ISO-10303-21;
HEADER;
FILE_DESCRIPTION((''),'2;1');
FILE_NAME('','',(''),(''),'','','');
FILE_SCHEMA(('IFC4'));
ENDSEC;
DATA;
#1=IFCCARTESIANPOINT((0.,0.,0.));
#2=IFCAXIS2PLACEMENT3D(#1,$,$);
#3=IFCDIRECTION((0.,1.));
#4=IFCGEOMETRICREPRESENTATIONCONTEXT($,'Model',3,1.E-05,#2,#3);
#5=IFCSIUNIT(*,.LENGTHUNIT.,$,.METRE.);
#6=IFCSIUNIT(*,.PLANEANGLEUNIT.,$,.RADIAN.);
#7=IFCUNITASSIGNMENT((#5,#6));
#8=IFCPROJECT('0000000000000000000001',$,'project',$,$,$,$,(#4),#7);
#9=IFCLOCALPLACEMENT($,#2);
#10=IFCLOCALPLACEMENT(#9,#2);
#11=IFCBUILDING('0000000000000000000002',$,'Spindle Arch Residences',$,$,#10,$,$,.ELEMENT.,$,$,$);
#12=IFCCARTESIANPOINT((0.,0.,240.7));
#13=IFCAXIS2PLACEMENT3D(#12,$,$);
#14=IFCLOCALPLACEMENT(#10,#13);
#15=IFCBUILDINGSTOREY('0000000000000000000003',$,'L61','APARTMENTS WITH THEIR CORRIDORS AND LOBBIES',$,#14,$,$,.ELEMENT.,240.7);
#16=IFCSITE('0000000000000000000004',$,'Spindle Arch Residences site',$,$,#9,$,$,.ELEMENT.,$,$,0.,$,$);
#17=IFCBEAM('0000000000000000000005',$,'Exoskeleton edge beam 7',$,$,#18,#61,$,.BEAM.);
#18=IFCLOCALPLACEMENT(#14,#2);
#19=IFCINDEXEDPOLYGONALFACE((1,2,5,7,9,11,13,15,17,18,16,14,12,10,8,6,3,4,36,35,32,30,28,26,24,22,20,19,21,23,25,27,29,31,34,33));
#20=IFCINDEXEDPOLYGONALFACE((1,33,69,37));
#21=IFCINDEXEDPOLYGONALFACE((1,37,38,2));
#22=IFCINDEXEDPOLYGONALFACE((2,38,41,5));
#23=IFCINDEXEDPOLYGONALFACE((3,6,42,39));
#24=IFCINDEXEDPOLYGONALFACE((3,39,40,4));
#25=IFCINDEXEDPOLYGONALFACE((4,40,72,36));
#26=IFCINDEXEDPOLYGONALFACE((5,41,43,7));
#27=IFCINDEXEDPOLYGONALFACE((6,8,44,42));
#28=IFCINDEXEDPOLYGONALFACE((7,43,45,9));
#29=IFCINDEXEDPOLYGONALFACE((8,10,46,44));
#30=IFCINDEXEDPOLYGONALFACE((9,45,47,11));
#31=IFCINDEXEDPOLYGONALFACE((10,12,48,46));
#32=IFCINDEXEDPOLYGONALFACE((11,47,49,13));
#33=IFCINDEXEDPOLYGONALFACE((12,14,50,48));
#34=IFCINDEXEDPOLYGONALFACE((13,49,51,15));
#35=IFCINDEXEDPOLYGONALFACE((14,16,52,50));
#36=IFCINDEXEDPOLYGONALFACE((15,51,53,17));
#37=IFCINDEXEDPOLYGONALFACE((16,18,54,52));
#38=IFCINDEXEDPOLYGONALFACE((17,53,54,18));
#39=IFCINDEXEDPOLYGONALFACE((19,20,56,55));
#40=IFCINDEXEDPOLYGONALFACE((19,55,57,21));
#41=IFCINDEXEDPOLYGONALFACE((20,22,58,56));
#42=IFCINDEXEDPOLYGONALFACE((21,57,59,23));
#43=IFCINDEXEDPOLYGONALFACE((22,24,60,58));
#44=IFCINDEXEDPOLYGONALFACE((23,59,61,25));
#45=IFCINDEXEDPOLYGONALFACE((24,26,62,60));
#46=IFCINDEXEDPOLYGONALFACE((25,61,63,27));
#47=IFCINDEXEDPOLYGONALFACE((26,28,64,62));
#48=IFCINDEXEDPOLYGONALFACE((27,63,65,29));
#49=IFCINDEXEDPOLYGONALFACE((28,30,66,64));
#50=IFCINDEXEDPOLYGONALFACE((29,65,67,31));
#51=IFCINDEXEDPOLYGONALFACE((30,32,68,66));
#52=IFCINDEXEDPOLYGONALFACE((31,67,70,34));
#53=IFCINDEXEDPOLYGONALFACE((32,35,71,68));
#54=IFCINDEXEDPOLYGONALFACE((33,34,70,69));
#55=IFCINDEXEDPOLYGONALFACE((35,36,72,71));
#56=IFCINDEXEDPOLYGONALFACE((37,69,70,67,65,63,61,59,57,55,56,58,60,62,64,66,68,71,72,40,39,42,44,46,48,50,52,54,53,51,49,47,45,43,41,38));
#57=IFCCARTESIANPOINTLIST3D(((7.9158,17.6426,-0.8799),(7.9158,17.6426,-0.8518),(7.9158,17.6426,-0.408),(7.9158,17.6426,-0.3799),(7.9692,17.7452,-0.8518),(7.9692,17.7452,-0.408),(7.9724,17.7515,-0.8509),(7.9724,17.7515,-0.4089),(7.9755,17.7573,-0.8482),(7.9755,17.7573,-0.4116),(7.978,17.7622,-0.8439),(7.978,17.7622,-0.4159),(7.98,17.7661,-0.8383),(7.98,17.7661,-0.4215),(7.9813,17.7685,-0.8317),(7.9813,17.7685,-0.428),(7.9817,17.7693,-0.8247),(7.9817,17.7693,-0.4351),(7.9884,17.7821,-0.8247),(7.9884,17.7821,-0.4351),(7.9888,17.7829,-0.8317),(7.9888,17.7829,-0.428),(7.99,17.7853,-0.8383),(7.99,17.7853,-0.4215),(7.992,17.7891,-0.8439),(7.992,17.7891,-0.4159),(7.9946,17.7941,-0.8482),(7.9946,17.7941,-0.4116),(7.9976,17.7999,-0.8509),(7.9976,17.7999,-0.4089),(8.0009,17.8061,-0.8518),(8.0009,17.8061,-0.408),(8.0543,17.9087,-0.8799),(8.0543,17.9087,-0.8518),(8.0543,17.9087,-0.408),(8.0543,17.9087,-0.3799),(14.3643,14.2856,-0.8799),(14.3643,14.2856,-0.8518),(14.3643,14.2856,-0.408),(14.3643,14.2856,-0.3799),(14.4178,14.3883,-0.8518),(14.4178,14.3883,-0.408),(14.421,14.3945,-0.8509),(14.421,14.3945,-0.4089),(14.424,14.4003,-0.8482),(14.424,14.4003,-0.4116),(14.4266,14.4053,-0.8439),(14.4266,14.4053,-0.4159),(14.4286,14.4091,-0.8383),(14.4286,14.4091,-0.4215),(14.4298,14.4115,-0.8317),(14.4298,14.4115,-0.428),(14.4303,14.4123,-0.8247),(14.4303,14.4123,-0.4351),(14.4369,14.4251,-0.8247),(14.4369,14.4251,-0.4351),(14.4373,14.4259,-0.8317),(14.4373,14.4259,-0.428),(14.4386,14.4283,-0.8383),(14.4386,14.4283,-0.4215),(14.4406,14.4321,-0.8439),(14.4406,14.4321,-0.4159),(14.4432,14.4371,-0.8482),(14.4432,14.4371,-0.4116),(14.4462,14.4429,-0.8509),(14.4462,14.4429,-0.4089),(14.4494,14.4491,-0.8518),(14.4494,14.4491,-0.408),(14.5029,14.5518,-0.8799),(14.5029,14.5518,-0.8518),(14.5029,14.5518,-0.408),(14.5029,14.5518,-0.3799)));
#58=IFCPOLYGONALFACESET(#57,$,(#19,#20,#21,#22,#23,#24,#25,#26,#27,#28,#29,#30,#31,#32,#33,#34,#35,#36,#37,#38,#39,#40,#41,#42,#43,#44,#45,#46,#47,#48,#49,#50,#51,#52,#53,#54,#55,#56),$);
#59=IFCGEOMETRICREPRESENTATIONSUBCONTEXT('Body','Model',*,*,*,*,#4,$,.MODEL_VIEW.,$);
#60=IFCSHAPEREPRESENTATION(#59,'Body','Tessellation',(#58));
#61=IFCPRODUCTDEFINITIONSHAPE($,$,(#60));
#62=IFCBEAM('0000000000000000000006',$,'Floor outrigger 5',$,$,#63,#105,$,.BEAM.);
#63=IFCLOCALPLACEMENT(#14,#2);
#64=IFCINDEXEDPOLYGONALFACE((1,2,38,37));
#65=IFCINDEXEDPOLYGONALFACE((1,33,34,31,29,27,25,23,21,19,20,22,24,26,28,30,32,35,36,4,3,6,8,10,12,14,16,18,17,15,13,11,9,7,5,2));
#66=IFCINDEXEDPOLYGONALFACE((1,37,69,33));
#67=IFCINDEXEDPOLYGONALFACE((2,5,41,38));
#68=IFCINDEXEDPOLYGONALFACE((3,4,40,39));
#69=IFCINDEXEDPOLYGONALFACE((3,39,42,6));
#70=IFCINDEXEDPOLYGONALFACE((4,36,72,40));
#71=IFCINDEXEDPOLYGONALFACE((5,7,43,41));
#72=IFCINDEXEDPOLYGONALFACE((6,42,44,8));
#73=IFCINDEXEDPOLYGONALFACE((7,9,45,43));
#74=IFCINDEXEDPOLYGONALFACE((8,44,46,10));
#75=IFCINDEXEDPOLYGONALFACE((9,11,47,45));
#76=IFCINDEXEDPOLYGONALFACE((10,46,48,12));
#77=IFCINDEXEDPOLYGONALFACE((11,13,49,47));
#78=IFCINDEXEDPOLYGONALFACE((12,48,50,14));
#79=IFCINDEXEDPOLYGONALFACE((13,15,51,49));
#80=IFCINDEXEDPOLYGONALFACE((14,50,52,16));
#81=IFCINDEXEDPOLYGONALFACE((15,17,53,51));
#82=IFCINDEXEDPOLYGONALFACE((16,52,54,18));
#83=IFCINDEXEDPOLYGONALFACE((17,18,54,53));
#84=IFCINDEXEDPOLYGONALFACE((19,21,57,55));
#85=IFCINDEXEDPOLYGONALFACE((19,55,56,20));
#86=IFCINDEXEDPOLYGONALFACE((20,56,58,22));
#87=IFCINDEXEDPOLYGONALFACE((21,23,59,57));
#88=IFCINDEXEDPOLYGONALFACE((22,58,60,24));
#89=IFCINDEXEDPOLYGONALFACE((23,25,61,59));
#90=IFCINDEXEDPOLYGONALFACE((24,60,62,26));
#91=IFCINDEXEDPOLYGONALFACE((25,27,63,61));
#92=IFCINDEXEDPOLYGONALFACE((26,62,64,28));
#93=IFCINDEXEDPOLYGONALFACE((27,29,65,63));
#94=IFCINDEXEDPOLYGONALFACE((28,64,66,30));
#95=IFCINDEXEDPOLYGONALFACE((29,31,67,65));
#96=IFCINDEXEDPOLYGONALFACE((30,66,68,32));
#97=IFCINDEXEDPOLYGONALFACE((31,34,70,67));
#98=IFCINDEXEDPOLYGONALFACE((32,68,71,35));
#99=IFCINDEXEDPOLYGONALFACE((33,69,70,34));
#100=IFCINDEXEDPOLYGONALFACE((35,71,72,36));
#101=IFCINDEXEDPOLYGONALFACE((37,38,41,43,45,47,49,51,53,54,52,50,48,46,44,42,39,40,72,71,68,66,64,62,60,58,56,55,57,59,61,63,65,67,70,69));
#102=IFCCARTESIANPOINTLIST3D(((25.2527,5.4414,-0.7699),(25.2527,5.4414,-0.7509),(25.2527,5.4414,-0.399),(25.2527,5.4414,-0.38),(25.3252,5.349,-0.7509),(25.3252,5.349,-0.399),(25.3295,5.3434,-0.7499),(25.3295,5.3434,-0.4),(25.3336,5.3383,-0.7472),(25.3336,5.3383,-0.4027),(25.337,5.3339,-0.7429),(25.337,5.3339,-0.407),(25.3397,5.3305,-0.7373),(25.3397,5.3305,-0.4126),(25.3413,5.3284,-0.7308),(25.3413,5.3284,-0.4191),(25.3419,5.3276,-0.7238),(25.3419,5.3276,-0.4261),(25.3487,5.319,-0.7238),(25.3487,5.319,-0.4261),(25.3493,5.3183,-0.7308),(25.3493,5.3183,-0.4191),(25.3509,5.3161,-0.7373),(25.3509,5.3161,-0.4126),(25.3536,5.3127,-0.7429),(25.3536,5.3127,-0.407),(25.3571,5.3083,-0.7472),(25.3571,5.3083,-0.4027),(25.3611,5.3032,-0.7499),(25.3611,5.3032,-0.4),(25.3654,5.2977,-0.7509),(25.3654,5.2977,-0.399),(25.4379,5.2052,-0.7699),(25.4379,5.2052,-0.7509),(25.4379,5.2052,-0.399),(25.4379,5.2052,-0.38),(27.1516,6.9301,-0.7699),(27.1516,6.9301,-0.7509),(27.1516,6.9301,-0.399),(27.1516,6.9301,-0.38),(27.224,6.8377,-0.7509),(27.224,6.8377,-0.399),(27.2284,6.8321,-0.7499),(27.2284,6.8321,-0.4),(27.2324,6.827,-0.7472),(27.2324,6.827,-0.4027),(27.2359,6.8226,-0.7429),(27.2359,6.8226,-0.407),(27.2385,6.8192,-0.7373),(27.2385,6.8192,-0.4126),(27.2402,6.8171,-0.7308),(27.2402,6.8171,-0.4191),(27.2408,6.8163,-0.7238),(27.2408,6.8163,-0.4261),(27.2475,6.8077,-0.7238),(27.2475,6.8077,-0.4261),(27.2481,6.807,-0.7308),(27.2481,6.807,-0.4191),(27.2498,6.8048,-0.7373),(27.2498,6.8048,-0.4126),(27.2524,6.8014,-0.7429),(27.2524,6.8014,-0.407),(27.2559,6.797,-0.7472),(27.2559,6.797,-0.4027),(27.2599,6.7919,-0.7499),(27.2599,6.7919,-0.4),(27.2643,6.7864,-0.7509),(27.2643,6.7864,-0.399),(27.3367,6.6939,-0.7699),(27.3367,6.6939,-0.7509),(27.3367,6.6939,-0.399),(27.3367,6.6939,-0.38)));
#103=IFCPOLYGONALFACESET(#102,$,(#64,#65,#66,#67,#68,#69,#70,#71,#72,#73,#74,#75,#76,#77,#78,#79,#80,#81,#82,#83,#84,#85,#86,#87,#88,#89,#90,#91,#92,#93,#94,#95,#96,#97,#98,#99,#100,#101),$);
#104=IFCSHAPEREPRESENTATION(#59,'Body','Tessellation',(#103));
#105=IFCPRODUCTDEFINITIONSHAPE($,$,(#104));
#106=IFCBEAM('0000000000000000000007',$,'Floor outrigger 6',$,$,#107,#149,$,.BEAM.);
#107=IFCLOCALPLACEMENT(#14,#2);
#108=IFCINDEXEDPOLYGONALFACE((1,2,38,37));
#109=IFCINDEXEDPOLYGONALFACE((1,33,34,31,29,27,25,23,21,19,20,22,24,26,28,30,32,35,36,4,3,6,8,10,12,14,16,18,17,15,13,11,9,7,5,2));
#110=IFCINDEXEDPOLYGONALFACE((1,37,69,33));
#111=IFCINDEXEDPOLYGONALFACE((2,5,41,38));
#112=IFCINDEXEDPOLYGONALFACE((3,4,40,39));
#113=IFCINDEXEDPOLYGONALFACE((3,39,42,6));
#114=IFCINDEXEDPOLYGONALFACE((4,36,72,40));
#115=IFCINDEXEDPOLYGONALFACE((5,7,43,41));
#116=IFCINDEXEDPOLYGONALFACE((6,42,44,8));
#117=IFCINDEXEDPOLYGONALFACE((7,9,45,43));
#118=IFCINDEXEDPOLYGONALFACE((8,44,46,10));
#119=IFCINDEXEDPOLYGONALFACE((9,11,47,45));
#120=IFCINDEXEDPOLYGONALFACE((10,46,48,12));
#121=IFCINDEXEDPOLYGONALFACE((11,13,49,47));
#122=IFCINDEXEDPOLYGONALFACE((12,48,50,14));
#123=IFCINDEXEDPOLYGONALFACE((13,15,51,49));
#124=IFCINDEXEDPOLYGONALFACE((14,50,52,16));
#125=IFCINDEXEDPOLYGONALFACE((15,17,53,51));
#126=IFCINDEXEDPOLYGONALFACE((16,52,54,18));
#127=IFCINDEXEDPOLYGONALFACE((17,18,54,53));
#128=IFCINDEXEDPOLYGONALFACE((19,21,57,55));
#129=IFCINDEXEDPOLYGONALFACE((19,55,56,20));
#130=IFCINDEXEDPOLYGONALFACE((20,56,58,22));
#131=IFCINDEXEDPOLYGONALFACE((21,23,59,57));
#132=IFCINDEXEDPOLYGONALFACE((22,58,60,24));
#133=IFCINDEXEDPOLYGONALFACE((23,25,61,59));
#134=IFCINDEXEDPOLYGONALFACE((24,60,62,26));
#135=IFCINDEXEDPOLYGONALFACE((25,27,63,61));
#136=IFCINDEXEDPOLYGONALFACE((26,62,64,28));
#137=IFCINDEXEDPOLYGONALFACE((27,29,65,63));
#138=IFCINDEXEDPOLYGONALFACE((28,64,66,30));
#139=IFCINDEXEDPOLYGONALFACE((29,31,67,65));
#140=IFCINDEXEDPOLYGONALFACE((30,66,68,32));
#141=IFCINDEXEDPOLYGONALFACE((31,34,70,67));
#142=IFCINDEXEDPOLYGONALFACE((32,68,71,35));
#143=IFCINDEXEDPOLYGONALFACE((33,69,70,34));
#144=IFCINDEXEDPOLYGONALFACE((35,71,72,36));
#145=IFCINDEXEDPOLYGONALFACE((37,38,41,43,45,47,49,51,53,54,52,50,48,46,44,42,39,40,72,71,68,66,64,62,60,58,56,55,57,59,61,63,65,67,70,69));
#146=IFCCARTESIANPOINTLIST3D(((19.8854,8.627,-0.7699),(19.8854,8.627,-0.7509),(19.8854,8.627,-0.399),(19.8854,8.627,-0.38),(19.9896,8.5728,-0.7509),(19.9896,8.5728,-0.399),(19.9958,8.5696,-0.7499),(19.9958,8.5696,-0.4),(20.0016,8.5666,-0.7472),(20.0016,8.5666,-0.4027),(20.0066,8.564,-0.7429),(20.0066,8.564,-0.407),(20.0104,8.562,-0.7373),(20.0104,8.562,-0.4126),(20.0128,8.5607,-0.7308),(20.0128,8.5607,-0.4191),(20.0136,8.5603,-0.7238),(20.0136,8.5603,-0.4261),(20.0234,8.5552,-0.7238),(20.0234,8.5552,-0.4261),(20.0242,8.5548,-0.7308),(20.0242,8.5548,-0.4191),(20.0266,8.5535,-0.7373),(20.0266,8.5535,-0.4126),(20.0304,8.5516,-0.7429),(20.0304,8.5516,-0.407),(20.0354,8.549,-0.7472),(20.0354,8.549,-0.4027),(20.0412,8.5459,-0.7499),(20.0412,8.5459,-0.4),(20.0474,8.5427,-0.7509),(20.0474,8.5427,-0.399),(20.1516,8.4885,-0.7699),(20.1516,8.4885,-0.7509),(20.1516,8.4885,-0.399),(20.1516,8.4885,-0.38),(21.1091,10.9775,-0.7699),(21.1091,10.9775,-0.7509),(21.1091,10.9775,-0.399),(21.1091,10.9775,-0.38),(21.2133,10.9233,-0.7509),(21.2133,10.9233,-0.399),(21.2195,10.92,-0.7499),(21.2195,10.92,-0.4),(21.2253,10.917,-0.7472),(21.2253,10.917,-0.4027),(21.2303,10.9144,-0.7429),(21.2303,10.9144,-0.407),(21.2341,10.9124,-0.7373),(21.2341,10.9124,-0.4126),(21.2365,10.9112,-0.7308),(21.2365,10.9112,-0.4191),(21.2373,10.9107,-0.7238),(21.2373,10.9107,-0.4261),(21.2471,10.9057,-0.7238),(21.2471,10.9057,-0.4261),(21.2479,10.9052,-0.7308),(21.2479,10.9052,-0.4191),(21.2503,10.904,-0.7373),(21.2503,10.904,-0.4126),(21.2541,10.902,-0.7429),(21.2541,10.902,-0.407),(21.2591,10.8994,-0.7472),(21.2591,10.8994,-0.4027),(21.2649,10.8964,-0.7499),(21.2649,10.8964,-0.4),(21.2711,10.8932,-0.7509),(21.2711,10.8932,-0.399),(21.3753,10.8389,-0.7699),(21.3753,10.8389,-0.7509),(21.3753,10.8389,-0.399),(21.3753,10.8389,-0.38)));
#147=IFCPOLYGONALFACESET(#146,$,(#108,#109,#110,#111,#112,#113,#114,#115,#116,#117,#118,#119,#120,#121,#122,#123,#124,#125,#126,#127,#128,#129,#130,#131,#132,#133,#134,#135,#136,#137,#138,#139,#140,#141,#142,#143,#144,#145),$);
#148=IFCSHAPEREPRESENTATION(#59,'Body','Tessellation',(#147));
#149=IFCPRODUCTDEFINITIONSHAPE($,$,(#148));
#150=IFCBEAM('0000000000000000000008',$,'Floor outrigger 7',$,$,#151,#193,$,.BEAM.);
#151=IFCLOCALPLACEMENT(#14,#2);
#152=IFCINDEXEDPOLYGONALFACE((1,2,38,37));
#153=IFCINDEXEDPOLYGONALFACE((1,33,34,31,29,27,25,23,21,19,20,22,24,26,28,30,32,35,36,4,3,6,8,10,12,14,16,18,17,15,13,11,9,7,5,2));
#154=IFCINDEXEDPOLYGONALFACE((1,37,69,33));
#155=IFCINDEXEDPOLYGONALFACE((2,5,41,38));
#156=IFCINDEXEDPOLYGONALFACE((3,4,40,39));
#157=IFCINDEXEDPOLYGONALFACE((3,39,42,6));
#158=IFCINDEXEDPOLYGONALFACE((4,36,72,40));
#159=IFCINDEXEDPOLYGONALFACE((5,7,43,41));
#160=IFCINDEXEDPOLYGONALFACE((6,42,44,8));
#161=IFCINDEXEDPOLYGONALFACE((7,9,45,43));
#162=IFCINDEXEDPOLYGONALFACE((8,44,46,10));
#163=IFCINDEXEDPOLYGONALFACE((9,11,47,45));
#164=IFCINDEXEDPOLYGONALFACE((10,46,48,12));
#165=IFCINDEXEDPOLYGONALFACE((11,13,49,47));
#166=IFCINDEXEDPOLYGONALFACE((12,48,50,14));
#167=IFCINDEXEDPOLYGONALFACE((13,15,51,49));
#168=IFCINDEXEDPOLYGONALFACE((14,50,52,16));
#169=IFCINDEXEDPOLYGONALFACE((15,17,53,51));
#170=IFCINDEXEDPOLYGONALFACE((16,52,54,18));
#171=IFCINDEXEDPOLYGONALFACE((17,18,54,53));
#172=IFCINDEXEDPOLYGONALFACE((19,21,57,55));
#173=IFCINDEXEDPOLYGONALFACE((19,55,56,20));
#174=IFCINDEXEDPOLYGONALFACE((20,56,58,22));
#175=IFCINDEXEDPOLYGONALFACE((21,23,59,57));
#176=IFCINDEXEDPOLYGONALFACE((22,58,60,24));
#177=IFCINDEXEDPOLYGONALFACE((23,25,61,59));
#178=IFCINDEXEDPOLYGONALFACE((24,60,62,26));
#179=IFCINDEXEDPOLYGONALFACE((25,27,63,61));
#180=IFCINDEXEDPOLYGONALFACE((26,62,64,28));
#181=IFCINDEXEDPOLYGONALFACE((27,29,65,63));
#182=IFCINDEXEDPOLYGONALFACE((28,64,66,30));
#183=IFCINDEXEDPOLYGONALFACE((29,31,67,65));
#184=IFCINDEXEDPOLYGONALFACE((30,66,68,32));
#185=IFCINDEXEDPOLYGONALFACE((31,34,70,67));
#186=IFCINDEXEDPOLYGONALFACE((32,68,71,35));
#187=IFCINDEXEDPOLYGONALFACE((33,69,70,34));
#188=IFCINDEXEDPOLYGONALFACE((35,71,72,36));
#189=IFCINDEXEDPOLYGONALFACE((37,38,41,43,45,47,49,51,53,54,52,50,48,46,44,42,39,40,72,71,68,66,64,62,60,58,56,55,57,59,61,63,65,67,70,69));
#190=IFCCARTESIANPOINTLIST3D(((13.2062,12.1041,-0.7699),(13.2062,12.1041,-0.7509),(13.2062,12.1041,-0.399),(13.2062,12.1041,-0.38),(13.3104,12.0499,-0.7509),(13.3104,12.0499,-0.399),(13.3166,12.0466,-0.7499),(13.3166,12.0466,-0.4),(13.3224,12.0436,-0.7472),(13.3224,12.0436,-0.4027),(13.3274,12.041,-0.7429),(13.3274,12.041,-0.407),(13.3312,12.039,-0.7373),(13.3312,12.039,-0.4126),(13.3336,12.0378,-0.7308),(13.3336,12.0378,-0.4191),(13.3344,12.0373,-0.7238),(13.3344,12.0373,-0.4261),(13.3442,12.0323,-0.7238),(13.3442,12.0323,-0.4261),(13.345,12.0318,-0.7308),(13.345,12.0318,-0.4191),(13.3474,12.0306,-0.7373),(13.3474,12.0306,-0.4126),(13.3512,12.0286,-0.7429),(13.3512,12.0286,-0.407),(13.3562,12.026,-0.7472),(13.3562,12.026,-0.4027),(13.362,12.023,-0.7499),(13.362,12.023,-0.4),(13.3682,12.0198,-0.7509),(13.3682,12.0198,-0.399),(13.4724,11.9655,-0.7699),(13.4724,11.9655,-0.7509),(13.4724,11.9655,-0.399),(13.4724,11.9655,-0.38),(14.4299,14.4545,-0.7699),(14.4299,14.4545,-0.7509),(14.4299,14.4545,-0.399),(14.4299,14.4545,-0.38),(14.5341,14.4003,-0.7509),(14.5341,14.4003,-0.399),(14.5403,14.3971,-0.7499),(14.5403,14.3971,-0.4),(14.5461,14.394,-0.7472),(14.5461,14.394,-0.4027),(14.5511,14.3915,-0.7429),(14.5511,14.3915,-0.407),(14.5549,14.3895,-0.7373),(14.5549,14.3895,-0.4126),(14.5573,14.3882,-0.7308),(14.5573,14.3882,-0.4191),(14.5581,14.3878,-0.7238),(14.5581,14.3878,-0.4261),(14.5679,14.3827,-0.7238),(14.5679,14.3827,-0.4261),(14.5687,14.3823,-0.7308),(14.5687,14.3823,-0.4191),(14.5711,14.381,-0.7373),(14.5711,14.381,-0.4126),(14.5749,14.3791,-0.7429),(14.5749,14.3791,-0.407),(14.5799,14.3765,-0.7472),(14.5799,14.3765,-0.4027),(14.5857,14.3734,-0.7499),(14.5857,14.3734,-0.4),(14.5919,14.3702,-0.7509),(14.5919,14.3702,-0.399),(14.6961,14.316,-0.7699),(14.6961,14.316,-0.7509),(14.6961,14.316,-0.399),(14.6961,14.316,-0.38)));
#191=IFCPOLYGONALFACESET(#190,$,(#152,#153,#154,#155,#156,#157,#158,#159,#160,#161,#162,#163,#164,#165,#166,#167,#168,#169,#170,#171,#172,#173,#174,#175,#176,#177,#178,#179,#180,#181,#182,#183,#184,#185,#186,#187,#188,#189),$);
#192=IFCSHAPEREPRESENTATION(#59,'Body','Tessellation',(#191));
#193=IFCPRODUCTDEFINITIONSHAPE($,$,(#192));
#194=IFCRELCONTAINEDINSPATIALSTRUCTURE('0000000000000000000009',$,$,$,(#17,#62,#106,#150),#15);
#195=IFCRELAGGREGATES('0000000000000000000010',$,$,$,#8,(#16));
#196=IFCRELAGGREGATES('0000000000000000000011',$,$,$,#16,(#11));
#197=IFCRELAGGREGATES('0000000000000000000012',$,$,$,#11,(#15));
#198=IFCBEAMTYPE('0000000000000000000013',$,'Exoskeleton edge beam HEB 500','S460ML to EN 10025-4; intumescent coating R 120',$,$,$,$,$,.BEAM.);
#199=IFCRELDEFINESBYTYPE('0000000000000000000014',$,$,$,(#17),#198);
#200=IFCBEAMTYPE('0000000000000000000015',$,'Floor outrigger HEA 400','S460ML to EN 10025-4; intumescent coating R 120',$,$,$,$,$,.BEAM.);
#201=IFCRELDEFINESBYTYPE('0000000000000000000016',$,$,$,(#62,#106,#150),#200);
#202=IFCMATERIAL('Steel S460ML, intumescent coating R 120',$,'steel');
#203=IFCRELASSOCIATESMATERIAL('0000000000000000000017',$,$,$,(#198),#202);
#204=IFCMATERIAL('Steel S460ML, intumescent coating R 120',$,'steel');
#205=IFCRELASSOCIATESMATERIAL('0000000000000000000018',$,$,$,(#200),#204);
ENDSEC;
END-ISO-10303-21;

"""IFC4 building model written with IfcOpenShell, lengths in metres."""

from ifc_helpers import new_model, si_unit, direction, frame, origin, origin_2d, place, context, subcontext, project, spatial, i_section, extrude, material, material_profile, profile_set, type_object, element, save


model = new_model("IFC4")

# Units and contexts
model_context = context("Model", 3, precision=1e-05, world=origin(), true_north=direction((0.0, 1.0)))
body_context = subcontext(model_context, "Body", "Model", "MODEL_VIEW")
ifc_project = project(units=[si_unit("LENGTHUNIT", "METRE"), si_unit("PLANEANGLEUNIT", "RADIAN")], contexts=[model_context])

# Site, building, storey
site_placement = place(None, origin())
site = spatial("IfcSite", under=ifc_project, at=site_placement, Name="Spindle Arch Residences site", CompositionType="ELEMENT", RefElevation=0.0)
building_placement = place(site_placement, origin())
building = spatial("IfcBuilding", under=site, at=building_placement, Name="Spindle Arch Residences", CompositionType="ELEMENT")
storey_placement = place(building_placement, frame((0.0, 0.0, 240.7)))
storey = spatial("IfcBuildingStorey", under=building, at=storey_placement, Name="L61", Description="APARTMENTS WITH THEIR CORRIDORS AND LOBBIES", CompositionType="ELEMENT", Elevation=240.7)

# Beams
ifc_material_1 = material(Name="Steel S460ML, intumescent coating R 120", Category="steel")
ifc_material_profile_1 = material_profile(ifc_material_1, i_section(OverallWidth=0.3, OverallDepth=0.5, WebThickness=0.0144, FlangeThickness=0.0281, FilletRadius=0.0271, at=origin_2d()), Name="HEB 500")
ifc_profile_set_1 = profile_set([ifc_material_profile_1], Name="Steel S460ML, intumescent coating R 120")
beam_type_1 = type_object("IfcBeamType", Name="Exoskeleton edge beam HEB 500", Description="S460ML to EN 10025-4; intumescent coating R 120", PredefinedType="BEAM", material=ifc_profile_set_1)
for number, where, z_axis, x_axis, name in (
    (1, (14.4336, 14.4187, -0.6299), (-0.887007, 0.461756, 0.0), (-0.461756, -0.887007, 0.0), "Exoskeleton edge beam 7"),
):
    element("IfcBeam", number, at=place(storey_placement, frame(where, z_axis=z_axis, x_axis=x_axis)), inside=storey, type_object=beam_type_1, Name=name, PredefinedType="BEAM", context=body_context, shape_type="SweptSolid", body=[
        extrude(i_section(OverallWidth=0.3, OverallDepth=0.5, WebThickness=0.0144, FlangeThickness=0.0281, FilletRadius=0.0271, at=origin_2d()), origin(), (0.0, 0.0, 1.0), 7.27),
    ])
ifc_material_2 = material(Name="Steel S460ML, intumescent coating R 120", Category="steel")
ifc_material_profile_2 = material_profile(ifc_material_2, i_section(OverallWidth=0.3, OverallDepth=0.3899, WebThickness=0.011, FlangeThickness=0.019, FilletRadius=0.0271, at=origin_2d()), Name="HEA 400")
ifc_profile_set_2 = profile_set([ifc_material_profile_2], Name="Steel S460ML, intumescent coating R 120")
beam_type_2 = type_object("IfcBeamType", Name="Floor outrigger HEA 400", Description="S460ML to EN 10025-4; intumescent coating R 120", PredefinedType="BEAM", material=ifc_profile_set_2)
beam_placement = place(storey_placement, frame((27.2441, 6.812, -0.575), z_axis=(-0.786971, -0.61699, 0.0), x_axis=(0.61699, -0.786971, 0.0)))
element("IfcBeam", 2, at=beam_placement, inside=storey, type_object=beam_type_2, Name="Floor outrigger 5", PredefinedType="BEAM", context=body_context, shape_type="SweptSolid", body=[
    extrude(i_section(OverallWidth=0.3, OverallDepth=0.3899, WebThickness=0.011, FlangeThickness=0.019, FilletRadius=0.0271, at=origin_2d()), origin(), (0.0, 0.0, 1.0), 2.4128),
])
for number, where, z_axis, x_axis, name in (
    (3, (21.2422, 10.9082, -0.575), (-0.461785, -0.886992, 0.0), (0.886992, -0.461785, 0.0), "Floor outrigger 6"),
    (4, (14.563, 14.3853, -0.575), (-0.461785, -0.886992, 0.0), (0.886992, -0.461785, 0.0), "Floor outrigger 7"),
):
    element("IfcBeam", number, at=place(storey_placement, frame(where, z_axis=z_axis, x_axis=x_axis)), inside=storey, type_object=beam_type_2, Name=name, PredefinedType="BEAM", context=body_context, shape_type="SweptSolid", body=[
        extrude(i_section(OverallWidth=0.3, OverallDepth=0.3899, WebThickness=0.011, FlangeThickness=0.019, FilletRadius=0.0271, at=origin_2d()), origin(), (0.0, 0.0, 1.0), 2.6499),
    ])

save(model, "model.ifc")
